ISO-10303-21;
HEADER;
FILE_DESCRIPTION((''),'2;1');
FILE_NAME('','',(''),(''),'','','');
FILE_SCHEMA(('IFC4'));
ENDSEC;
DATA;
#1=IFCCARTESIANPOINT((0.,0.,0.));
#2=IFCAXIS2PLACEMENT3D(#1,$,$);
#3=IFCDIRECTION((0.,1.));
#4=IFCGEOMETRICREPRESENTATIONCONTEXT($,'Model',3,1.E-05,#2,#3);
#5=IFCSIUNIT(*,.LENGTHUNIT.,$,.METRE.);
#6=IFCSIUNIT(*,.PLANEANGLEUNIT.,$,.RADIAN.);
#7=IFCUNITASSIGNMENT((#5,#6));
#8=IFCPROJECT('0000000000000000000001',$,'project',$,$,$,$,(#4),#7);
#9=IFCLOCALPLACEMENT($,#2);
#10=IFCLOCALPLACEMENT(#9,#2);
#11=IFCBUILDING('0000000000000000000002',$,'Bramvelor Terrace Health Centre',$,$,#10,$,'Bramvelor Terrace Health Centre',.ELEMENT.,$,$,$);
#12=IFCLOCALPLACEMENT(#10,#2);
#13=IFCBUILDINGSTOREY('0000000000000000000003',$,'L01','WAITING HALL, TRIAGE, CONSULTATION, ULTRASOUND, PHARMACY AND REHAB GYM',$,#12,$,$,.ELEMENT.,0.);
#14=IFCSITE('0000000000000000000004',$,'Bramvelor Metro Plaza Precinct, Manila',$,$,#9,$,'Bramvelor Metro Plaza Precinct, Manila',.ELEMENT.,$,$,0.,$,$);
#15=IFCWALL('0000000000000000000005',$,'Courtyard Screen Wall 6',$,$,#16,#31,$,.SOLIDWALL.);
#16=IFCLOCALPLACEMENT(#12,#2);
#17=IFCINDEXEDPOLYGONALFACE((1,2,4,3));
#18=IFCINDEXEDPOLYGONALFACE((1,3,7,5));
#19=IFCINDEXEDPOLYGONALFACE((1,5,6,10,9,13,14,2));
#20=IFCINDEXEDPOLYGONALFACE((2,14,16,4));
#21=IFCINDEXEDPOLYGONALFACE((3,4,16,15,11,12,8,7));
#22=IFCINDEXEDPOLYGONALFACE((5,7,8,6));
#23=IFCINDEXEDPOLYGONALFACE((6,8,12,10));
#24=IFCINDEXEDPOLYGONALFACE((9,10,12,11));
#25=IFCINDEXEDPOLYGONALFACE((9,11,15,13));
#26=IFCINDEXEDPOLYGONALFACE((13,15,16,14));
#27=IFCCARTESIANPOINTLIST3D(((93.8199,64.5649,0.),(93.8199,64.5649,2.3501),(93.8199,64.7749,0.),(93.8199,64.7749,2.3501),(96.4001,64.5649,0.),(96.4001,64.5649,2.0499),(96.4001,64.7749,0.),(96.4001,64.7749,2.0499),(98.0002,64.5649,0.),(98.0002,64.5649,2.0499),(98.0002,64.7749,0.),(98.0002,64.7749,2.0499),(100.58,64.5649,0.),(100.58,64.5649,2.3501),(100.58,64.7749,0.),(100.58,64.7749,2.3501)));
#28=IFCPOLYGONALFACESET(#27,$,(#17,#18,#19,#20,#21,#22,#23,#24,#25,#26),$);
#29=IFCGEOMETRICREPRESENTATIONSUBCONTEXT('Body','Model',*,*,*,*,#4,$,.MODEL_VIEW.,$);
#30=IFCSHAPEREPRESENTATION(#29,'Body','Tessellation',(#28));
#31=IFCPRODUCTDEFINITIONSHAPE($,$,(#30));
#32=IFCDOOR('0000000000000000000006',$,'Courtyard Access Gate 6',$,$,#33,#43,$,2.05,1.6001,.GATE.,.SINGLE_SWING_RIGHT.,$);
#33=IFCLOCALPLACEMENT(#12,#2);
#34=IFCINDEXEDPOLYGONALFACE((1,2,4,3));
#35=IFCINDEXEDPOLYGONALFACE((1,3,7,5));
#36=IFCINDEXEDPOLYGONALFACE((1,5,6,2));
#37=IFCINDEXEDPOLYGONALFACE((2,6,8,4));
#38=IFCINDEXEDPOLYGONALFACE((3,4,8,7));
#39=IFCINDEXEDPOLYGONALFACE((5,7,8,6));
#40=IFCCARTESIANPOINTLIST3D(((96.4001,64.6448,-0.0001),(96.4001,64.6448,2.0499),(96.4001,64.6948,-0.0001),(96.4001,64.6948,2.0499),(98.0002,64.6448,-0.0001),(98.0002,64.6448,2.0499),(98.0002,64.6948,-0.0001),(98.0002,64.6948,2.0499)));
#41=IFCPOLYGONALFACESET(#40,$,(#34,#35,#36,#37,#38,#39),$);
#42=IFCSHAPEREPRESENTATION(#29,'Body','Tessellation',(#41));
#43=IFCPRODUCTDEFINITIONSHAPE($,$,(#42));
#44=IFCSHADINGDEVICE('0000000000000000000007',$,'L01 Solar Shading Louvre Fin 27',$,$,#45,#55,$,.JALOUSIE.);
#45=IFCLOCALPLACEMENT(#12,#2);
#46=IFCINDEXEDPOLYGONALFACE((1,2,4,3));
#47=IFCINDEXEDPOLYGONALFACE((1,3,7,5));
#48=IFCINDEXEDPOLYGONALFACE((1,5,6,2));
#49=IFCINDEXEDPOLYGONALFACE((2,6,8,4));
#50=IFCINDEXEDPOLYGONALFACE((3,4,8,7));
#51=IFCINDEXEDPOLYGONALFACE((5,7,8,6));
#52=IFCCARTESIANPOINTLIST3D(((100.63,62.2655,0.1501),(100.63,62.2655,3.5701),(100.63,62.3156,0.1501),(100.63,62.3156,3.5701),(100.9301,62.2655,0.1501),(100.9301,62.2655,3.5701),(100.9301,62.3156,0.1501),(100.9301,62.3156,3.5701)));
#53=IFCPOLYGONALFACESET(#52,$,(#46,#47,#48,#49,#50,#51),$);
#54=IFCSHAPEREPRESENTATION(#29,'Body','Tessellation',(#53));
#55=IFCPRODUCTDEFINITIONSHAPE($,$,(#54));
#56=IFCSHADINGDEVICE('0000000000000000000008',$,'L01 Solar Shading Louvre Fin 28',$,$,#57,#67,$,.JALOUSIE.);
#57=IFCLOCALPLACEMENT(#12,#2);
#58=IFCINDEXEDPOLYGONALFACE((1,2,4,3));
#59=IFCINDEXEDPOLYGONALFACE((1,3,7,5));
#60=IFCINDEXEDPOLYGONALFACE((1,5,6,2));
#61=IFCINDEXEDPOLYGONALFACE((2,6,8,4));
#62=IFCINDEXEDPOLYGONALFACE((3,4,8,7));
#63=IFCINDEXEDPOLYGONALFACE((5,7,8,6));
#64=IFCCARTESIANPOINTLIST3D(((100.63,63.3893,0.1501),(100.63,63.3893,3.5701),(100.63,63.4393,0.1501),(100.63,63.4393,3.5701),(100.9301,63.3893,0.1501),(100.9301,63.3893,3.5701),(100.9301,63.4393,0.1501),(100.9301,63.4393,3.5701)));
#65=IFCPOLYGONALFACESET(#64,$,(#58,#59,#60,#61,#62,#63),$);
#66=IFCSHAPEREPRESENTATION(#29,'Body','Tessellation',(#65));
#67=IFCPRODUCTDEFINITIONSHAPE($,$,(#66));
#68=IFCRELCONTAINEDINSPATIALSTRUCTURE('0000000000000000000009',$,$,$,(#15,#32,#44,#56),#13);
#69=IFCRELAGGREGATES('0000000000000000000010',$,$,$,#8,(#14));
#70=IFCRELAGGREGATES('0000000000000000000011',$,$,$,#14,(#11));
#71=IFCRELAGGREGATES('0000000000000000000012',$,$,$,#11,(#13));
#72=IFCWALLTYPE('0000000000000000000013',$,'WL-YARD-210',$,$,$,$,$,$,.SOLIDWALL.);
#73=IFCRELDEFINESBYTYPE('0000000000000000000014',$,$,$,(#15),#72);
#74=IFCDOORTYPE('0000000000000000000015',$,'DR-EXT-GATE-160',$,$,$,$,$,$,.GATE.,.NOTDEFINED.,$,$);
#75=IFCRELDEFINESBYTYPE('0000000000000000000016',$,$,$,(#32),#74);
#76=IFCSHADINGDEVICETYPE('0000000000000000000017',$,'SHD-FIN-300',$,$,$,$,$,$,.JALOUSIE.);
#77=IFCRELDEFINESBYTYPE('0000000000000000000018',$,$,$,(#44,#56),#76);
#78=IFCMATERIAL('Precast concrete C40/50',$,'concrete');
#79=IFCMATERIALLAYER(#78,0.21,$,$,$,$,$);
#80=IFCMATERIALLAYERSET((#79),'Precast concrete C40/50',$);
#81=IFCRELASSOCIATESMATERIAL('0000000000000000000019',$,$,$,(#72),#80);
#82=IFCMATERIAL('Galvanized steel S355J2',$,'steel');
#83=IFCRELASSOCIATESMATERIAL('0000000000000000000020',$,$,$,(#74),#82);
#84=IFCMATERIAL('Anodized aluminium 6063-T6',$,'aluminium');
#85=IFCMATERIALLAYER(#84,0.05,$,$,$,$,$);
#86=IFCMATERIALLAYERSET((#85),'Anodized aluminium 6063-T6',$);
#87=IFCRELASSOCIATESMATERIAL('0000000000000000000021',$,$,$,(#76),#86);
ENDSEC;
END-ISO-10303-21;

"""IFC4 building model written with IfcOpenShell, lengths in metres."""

from ifc_helpers import new_model, si_unit, direction, frame, frame_2d, origin, origin_2d, place, context, subcontext, project, spatial, rectangle, extrude, material, layer, layer_set, type_object, element, fill, save


model = new_model("IFC4")

# Units and contexts
model_context = context("Model", 3, precision=1e-05, world=origin(), true_north=direction((0.0, 1.0)))
body_context = subcontext(model_context, "Body", "Model", "MODEL_VIEW")
ifc_project = project(units=[si_unit("LENGTHUNIT", "METRE"), si_unit("PLANEANGLEUNIT", "RADIAN")], contexts=[model_context])

# Site, building, storey
site_placement = place(None, origin())
site = spatial("IfcSite", under=ifc_project, at=site_placement, Name="Bramvelor Metro Plaza Precinct, Manila", LongName="Bramvelor Metro Plaza Precinct, Manila", CompositionType="ELEMENT", RefElevation=0.0)
building_placement = place(site_placement, origin())
building = spatial("IfcBuilding", under=site, at=building_placement, Name="Bramvelor Terrace Health Centre", LongName="Bramvelor Terrace Health Centre", CompositionType="ELEMENT")
storey_placement = place(building_placement, origin())
storey = spatial("IfcBuildingStorey", under=building, at=storey_placement, Name="L01", Description="WAITING HALL, TRIAGE, CONSULTATION, ULTRASOUND, PHARMACY AND REHAB GYM", CompositionType="ELEMENT", Elevation=0.0)

# Wall, opening, door
ifc_material_1 = material(Name="Precast concrete C40/50", Category="concrete")
ifc_layer_1 = layer(ifc_material_1, 0.21)
ifc_layer_set_1 = layer_set([ifc_layer_1], Name="Precast concrete C40/50")
wall_type_1 = type_object("IfcWallType", Name="WL-YARD-210", PredefinedType="SOLIDWALL", material=ifc_layer_set_1)
wall_1_placement = place(storey_placement, frame((93.8201, 64.6699, 0.0), z_axis=(0.0, 0.0, 1.0), x_axis=(1.0, 0.0, 0.0)))
wall_1 = element("IfcWall", 1, at=wall_1_placement, inside=storey, type_object=wall_type_1, Name="Courtyard Screen Wall 6", PredefinedType="SOLIDWALL", context=body_context, shape_type="SweptSolid", body=[
    extrude(rectangle(XDim=6.76, YDim=0.21, at=frame_2d((3.3799, 0.0))), origin(), (0.0, 0.0, 1.0), 2.3501),
])
opening_1_placement = place(wall_1_placement, frame((2.5801, 0.0, 0.0)))
opening_1 = element("IfcOpeningElement", 2, at=opening_1_placement, cuts=wall_1, PredefinedType="OPENING", context=body_context, shape_type="SweptSolid", body=[
    extrude(rectangle(XDim=1.6001, YDim=2.05, at=frame_2d((0.8, 1.0249))), frame((0.0, 0.115, 0.0), z_axis=(0.0, -1.0, 0.0), x_axis=(1.0, 0.0, 0.0)), (0.0, 0.0, 1.0), 0.23),
])
ifc_material_2 = material(Name="Galvanized steel S355J2", Category="steel")
door_type_1 = type_object("IfcDoorType", Name="DR-EXT-GATE-160", OperationType="NOTDEFINED", PredefinedType="GATE", material=ifc_material_2)
door_1_placement = place(opening_1_placement, origin())
door_1 = element("IfcDoor", 3, at=door_1_placement, inside=storey, type_object=door_type_1, Name="Courtyard Access Gate 6", OperationType="SINGLE_SWING_RIGHT", OverallHeight=2.05, OverallWidth=1.6001, PredefinedType="GATE", context=body_context, shape_type="SweptSolid", body=[
    extrude(rectangle(XDim=1.6001, YDim=2.05, at=frame_2d((0.8, 1.0249))), frame((0.0, 0.0249, 0.0), z_axis=(0.0, -1.0, 0.0), x_axis=(1.0, 0.0, 0.0)), (0.0, 0.0, 1.0), 0.05),
])
fill(opening_1, door_1)

# Shading devices
ifc_material_3 = material(Name="Anodized aluminium 6063-T6", Category="aluminium")
ifc_layer_2 = layer(ifc_material_3, 0.05)
ifc_layer_set_2 = layer_set([ifc_layer_2], Name="Anodized aluminium 6063-T6")
shading_device_type = type_object("IfcShadingDeviceType", Name="SHD-FIN-300", PredefinedType="JALOUSIE", material=ifc_layer_set_2)
for number, where, z_axis, x_axis, name in (
    (4, (100.78, 62.2905, 0.1501), (0.0, 0.0, 1.0), (1.0, 0.0, 0.0), "L01 Solar Shading Louvre Fin 27"),
    (5, (100.78, 63.4143, 0.1501), (0.0, 0.0, 1.0), (1.0, 0.0, 0.0), "L01 Solar Shading Louvre Fin 28"),
):
    element("IfcShadingDevice", number, at=place(storey_placement, frame(where, z_axis=z_axis, x_axis=x_axis)), inside=storey, type_object=shading_device_type, Name=name, PredefinedType="JALOUSIE", context=body_context, shape_type="SweptSolid", body=[
        extrude(rectangle(XDim=0.3, YDim=0.05, at=origin_2d()), origin(), (0.0, 0.0, 1.0), 3.4199),
    ])

save(model, "model.ifc")
